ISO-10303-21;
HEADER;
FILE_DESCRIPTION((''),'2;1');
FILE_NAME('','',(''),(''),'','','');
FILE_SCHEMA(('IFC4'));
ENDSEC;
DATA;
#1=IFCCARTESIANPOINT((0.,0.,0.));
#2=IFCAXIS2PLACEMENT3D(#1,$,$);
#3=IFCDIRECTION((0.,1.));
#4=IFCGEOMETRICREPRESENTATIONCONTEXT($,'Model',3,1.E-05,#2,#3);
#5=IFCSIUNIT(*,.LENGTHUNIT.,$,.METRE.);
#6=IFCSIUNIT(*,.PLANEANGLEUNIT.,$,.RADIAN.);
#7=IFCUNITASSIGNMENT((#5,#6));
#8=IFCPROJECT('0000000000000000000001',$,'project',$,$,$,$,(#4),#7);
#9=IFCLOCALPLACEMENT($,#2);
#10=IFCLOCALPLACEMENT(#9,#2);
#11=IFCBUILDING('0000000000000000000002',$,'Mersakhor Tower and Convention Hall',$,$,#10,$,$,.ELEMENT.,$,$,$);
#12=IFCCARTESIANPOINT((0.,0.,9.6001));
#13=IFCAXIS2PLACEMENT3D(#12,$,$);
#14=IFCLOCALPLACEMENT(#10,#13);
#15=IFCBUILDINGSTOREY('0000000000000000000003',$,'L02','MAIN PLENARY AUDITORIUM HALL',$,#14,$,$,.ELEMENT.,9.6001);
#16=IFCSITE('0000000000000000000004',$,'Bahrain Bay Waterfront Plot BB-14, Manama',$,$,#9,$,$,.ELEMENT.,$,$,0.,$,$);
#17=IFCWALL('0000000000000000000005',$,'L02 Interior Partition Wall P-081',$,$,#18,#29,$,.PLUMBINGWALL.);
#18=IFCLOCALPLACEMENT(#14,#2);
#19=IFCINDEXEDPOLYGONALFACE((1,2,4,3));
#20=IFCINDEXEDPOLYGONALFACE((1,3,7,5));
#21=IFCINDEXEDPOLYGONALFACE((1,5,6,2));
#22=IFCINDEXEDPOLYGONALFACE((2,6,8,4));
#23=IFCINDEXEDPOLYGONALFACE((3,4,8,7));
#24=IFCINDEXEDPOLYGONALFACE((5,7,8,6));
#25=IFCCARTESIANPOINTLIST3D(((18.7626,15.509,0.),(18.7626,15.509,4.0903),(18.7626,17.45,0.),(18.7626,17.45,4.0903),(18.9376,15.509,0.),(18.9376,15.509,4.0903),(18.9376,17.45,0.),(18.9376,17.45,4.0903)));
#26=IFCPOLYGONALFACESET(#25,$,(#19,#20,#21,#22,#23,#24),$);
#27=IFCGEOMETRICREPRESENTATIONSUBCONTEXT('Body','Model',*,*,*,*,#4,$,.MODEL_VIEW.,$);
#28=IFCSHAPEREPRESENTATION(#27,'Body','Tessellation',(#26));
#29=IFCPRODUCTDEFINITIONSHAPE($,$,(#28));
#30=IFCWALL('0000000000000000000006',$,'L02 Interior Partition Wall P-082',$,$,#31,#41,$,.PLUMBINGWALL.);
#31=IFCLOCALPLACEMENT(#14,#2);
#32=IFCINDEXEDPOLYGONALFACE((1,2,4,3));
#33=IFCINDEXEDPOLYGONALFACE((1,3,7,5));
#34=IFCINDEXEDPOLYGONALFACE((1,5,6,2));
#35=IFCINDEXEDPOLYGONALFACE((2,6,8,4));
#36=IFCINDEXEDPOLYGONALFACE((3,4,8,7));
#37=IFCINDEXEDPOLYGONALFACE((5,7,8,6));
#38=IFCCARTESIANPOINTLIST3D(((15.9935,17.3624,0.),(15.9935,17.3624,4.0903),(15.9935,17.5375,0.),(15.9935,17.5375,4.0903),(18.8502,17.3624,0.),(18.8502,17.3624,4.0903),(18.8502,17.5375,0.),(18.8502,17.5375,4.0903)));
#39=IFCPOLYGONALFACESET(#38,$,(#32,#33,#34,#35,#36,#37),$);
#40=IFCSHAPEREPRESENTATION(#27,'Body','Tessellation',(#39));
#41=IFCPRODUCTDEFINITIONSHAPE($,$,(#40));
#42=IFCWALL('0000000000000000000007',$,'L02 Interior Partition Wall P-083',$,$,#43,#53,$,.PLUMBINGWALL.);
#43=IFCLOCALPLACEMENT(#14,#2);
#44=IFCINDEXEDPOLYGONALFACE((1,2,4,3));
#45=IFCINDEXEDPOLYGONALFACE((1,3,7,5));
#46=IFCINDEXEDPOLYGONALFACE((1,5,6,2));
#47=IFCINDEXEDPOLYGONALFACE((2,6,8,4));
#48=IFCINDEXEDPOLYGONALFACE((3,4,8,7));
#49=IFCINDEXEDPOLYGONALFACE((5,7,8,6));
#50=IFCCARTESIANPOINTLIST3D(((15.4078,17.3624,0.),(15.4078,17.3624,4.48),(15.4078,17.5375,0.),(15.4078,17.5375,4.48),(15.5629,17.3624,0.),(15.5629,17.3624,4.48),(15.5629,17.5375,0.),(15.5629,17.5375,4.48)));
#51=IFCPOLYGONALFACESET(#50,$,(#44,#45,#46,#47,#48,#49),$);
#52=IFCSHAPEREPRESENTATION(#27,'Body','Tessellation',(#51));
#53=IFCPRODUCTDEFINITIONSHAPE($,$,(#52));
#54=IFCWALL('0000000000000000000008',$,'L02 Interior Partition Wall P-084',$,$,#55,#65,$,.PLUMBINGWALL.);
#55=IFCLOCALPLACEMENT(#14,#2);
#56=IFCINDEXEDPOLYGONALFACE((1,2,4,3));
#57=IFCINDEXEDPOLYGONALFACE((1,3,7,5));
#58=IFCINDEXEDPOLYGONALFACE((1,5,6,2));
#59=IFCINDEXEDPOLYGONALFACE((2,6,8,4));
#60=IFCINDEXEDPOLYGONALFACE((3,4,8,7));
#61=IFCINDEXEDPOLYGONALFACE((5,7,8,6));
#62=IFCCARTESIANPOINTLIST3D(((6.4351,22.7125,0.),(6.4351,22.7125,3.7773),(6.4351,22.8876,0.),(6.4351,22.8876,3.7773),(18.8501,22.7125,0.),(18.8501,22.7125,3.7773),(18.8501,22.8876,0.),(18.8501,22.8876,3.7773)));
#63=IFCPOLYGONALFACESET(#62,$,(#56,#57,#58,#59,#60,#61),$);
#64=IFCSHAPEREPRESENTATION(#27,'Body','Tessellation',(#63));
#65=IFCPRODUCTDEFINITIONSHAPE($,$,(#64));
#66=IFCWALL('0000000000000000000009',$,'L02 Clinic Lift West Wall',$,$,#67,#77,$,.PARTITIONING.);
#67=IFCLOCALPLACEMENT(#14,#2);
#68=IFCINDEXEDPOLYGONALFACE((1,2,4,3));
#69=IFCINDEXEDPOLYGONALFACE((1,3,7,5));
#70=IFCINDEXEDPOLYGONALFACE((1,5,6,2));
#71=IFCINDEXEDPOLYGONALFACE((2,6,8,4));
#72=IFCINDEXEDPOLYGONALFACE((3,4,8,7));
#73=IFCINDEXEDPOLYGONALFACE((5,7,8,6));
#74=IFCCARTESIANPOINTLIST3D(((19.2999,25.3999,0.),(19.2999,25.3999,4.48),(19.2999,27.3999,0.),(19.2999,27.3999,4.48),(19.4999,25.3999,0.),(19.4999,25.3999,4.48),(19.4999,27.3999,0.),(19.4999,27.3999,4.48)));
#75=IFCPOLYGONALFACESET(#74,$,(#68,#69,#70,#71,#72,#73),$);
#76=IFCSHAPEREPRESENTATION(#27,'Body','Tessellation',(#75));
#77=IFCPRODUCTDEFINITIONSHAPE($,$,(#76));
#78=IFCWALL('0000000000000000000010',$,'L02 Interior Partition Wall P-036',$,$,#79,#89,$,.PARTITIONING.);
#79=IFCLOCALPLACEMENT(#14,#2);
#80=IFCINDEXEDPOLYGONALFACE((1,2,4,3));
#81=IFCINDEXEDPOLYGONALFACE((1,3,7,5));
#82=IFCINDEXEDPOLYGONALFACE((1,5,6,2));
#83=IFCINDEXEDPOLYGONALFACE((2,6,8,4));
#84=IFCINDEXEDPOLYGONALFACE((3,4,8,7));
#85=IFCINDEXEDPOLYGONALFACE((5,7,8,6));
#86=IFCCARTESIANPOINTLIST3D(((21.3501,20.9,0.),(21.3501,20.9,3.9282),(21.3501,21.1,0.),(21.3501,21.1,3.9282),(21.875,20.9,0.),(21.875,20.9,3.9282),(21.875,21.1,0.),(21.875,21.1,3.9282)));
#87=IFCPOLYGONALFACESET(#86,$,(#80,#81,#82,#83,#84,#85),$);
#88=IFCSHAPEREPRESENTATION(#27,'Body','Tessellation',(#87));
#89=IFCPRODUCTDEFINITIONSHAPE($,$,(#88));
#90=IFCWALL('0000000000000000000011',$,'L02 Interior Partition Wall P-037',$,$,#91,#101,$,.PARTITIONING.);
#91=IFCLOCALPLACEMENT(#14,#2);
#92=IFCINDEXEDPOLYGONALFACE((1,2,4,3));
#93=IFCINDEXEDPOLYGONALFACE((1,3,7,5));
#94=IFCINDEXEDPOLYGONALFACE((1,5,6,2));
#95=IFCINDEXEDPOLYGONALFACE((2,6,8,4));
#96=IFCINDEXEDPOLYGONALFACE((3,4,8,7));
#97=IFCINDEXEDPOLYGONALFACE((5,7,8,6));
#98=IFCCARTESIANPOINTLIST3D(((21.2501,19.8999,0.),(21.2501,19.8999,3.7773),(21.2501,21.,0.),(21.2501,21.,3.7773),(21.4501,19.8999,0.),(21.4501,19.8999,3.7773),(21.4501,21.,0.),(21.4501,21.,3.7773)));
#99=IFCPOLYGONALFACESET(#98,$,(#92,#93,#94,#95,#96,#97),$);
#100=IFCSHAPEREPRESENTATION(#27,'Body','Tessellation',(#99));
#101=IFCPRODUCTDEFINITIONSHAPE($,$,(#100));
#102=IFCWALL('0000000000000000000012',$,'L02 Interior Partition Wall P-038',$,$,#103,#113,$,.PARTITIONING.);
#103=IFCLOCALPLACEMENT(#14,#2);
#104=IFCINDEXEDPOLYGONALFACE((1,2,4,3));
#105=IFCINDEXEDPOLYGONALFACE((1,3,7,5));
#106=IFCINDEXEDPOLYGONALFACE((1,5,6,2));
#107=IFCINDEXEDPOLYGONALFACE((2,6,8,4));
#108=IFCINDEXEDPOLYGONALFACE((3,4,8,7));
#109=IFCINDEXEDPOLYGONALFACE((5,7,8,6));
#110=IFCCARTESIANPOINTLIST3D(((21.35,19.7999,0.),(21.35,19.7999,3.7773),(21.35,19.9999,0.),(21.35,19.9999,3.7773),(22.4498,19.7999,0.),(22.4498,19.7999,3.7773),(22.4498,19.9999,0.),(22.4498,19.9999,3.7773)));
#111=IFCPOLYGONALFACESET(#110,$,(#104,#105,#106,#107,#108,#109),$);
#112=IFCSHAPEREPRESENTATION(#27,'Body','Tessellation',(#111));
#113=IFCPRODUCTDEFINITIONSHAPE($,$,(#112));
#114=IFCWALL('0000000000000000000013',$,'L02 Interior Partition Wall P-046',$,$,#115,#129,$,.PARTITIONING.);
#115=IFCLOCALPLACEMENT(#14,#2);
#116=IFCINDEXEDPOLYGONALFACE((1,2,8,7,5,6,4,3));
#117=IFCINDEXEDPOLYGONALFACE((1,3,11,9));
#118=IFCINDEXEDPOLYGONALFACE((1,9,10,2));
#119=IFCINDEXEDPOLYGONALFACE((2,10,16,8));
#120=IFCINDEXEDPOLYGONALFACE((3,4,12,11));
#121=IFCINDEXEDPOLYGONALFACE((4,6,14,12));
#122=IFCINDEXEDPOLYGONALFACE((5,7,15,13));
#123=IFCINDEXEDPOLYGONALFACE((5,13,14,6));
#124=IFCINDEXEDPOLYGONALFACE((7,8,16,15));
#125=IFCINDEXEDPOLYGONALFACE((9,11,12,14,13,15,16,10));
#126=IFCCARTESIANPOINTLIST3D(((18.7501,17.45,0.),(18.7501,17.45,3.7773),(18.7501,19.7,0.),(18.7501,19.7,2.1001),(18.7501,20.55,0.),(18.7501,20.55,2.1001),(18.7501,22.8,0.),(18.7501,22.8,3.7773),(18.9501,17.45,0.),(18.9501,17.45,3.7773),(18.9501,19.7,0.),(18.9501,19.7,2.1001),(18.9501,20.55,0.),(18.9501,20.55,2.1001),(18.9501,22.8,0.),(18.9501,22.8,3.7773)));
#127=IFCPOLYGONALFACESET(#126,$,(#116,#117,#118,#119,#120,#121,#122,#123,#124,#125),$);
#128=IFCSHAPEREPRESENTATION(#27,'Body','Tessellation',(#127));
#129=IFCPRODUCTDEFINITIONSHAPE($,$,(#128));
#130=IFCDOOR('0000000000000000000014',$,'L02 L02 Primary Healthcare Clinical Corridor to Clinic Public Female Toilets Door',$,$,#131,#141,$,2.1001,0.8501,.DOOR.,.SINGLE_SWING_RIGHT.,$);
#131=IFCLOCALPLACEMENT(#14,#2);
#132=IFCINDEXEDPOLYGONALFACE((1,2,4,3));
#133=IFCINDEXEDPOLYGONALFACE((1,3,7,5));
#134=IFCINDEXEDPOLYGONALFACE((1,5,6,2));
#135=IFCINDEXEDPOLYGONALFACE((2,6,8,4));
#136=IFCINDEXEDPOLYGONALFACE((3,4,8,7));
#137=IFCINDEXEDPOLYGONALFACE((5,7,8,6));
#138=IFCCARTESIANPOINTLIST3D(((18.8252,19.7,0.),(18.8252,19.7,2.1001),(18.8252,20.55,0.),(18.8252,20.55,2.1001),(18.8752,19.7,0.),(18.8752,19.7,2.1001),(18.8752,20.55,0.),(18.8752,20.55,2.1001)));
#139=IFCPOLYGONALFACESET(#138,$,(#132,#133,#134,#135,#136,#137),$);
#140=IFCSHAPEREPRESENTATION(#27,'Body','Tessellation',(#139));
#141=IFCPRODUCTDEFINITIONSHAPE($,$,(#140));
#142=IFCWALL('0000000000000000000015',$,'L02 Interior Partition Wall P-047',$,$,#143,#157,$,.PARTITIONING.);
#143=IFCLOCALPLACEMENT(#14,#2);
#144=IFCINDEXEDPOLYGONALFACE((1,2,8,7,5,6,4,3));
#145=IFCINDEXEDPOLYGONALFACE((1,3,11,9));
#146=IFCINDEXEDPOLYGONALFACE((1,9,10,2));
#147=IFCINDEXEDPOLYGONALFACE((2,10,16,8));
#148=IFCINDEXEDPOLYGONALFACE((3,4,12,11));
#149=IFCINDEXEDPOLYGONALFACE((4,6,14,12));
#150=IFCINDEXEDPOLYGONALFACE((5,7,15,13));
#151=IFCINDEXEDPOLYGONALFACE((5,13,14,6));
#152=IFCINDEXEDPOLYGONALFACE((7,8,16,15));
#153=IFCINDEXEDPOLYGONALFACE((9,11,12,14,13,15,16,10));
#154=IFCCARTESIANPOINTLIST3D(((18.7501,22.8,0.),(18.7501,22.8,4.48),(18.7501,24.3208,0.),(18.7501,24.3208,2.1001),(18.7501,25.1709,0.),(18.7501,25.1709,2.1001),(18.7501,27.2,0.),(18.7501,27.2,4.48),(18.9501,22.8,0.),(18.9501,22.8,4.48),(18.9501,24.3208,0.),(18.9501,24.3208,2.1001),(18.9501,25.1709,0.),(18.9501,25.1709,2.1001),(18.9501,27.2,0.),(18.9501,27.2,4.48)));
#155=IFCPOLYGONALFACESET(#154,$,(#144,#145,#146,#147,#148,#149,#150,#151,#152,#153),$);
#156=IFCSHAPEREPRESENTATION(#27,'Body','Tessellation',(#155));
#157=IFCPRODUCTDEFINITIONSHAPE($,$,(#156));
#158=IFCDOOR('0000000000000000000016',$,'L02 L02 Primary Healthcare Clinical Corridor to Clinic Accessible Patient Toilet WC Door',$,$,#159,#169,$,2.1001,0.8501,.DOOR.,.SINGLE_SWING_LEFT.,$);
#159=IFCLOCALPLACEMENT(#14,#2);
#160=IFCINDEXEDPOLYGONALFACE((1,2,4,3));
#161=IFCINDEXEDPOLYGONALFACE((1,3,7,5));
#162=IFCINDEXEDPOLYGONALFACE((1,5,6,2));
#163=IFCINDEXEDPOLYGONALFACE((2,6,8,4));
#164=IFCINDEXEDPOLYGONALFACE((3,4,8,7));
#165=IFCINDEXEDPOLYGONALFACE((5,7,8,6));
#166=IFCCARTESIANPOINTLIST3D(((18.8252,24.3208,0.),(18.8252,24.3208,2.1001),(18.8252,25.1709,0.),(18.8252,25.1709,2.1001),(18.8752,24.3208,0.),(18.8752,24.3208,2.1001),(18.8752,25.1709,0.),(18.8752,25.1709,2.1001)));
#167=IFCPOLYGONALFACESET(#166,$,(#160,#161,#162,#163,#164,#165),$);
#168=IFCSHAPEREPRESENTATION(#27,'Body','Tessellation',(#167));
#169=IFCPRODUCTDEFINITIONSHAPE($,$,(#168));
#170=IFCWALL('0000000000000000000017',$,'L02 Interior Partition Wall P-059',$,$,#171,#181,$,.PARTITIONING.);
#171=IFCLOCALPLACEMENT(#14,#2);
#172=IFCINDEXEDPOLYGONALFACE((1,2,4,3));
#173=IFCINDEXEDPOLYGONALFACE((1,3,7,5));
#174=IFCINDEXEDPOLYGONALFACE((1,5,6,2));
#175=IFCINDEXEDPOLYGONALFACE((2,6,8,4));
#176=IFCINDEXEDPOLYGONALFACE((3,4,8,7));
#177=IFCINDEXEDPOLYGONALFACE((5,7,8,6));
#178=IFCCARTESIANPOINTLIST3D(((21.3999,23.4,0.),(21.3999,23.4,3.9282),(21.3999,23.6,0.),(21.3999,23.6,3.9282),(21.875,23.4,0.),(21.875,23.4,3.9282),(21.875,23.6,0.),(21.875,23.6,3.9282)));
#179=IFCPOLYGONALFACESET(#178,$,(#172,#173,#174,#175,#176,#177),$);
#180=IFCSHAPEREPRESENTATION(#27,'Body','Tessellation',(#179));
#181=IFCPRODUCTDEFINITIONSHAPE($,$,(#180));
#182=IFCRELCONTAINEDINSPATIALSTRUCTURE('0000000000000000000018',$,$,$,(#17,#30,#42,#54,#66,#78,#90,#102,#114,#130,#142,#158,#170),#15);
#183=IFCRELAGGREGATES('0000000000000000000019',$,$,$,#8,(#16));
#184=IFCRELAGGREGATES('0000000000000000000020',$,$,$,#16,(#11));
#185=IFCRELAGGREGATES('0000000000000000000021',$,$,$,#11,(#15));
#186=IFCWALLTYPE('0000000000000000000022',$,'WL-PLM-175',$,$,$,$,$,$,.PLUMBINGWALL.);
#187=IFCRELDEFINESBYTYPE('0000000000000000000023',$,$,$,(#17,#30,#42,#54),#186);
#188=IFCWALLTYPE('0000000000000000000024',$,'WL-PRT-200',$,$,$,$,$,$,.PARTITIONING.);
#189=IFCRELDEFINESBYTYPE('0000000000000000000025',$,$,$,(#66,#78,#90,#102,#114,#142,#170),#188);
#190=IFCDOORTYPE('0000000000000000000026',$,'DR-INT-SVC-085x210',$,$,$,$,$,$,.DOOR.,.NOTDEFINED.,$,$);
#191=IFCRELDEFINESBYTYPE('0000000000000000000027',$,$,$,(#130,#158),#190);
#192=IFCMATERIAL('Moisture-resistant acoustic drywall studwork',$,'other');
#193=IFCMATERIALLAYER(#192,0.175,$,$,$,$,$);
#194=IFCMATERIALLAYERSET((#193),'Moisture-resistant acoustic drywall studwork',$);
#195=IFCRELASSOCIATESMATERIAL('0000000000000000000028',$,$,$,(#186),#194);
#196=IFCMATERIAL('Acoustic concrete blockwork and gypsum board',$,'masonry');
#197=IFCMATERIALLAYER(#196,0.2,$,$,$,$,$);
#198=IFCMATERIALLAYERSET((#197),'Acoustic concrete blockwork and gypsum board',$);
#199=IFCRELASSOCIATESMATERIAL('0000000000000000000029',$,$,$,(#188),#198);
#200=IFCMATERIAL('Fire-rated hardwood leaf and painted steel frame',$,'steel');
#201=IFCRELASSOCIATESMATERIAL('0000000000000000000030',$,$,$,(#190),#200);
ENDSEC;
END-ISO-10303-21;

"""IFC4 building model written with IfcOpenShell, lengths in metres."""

from ifc_helpers import new_model, si_unit, direction, frame, frame_2d, origin, place, context, subcontext, project, spatial, rectangle, extrude, material, layer, layer_set, type_object, element, fill, save


model = new_model("IFC4")

# Units and contexts
model_context = context("Model", 3, precision=1e-05, world=origin(), true_north=direction((0.0, 1.0)))
body_context = subcontext(model_context, "Body", "Model", "MODEL_VIEW")
ifc_project = project(units=[si_unit("LENGTHUNIT", "METRE"), si_unit("PLANEANGLEUNIT", "RADIAN")], contexts=[model_context])

# Site, building, storey
site_placement = place(None, origin())
site = spatial("IfcSite", under=ifc_project, at=site_placement, Name="Bahrain Bay Waterfront Plot BB-14, Manama", CompositionType="ELEMENT", RefElevation=0.0)
building_placement = place(site_placement, origin())
building = spatial("IfcBuilding", under=site, at=building_placement, Name="Mersakhor Tower and Convention Hall", CompositionType="ELEMENT")
storey_placement = place(building_placement, frame((0.0, 0.0, 9.6001)))
storey = spatial("IfcBuildingStorey", under=building, at=storey_placement, Name="L02", Description="MAIN PLENARY AUDITORIUM HALL", CompositionType="ELEMENT", Elevation=9.6001)

# Walls
ifc_material_1 = material(Name="Moisture-resistant acoustic drywall studwork", Category="other")
ifc_layer_1 = layer(ifc_material_1, 0.175)
ifc_layer_set_1 = layer_set([ifc_layer_1], Name="Moisture-resistant acoustic drywall studwork")
wall_type_1 = type_object("IfcWallType", Name="WL-PLM-175", PredefinedType="PLUMBINGWALL", material=ifc_layer_set_1)
wall_1_placement = place(storey_placement, frame((18.8501, 15.509, 0.0), z_axis=(0.0, 0.0, 1.0), x_axis=(0.0, 1.0, 0.0)))
element("IfcWall", 1, at=wall_1_placement, inside=storey, type_object=wall_type_1, Name="L02 Interior Partition Wall P-081", PredefinedType="PLUMBINGWALL", context=body_context, shape_type="SweptSolid", body=[
    extrude(rectangle(XDim=1.9409, YDim=0.175, at=frame_2d((0.9705, 0.0))), origin(), (0.0, 0.0, 1.0), 4.0903),
])
wall_2_placement = place(storey_placement, frame((18.8501, 17.45, 0.0), z_axis=(0.0, 0.0, 1.0), x_axis=(-1.0, 0.0, 0.0)))
element("IfcWall", 2, at=wall_2_placement, inside=storey, type_object=wall_type_1, Name="L02 Interior Partition Wall P-082", PredefinedType="PLUMBINGWALL", context=body_context, shape_type="SweptSolid", body=[
    extrude(rectangle(XDim=2.8567, YDim=0.175, at=frame_2d((1.4282, 0.0))), origin(), (0.0, 0.0, 1.0), 4.0903),
])
wall_3_placement = place(storey_placement, frame((15.563, 17.45, 0.0), z_axis=(0.0, 0.0, 1.0), x_axis=(-1.0, 0.0, 0.0)))
element("IfcWall", 3, at=wall_3_placement, inside=storey, type_object=wall_type_1, Name="L02 Interior Partition Wall P-083", PredefinedType="PLUMBINGWALL", context=body_context, shape_type="SweptSolid", body=[
    extrude(rectangle(XDim=0.155, YDim=0.175, at=frame_2d((0.0776, 0.0))), origin(), (0.0, 0.0, 1.0), 4.48),
])
wall_4_placement = place(storey_placement, frame((6.4351, 22.8, 0.0), z_axis=(0.0, 0.0, 1.0), x_axis=(1.0, 0.0, 0.0)))
element("IfcWall", 4, at=wall_4_placement, inside=storey, type_object=wall_type_1, Name="L02 Interior Partition Wall P-084", PredefinedType="PLUMBINGWALL", context=body_context, shape_type="SweptSolid", body=[
    extrude(rectangle(XDim=12.415, YDim=0.175, at=frame_2d((6.2075, 0.0))), origin(), (0.0, 0.0, 1.0), 3.7773),
])
ifc_material_2 = material(Name="Acoustic concrete blockwork and gypsum board", Category="masonry")
ifc_layer_2 = layer(ifc_material_2, 0.2)
ifc_layer_set_2 = layer_set([ifc_layer_2], Name="Acoustic concrete blockwork and gypsum board")
wall_type_2 = type_object("IfcWallType", Name="WL-PRT-200", PredefinedType="PARTITIONING", material=ifc_layer_set_2)
wall_5_placement = place(storey_placement, frame((19.3999, 25.3999, 0.0), z_axis=(0.0, 0.0, 1.0), x_axis=(0.0, 1.0, 0.0)))
element("IfcWall", 5, at=wall_5_placement, inside=storey, type_object=wall_type_2, Name="L02 Clinic Lift West Wall", PredefinedType="PARTITIONING", context=body_context, shape_type="SweptSolid", body=[
    extrude(rectangle(XDim=2.0, YDim=0.2, at=frame_2d((1.0, 0.0))), origin(), (0.0, 0.0, 1.0), 4.48),
])
wall_6_placement = place(storey_placement, frame((21.875, 21.0, 0.0), z_axis=(0.0, 0.0, 1.0), x_axis=(-1.0, 0.0, 0.0)))
element("IfcWall", 6, at=wall_6_placement, inside=storey, type_object=wall_type_2, Name="L02 Interior Partition Wall P-036", PredefinedType="PARTITIONING", context=body_context, shape_type="SweptSolid", body=[
    extrude(rectangle(XDim=0.5249, YDim=0.2, at=frame_2d((0.2625, 0.0))), origin(), (0.0, 0.0, 1.0), 3.9282),
])
wall_7_placement = place(storey_placement, frame((21.3501, 21.0, 0.0), z_axis=(0.0, 0.0, 1.0), x_axis=(0.0, -1.0, 0.0)))
element("IfcWall", 7, at=wall_7_placement, inside=storey, type_object=wall_type_2, Name="L02 Interior Partition Wall P-037", PredefinedType="PARTITIONING", context=body_context, shape_type="SweptSolid", body=[
    extrude(rectangle(XDim=1.1001, YDim=0.2, at=frame_2d((0.55, 0.0))), origin(), (0.0, 0.0, 1.0), 3.7773),
])
wall_8_placement = place(storey_placement, frame((21.3501, 19.8999, 0.0), z_axis=(0.0, 0.0, 1.0), x_axis=(1.0, 0.0, 0.0)))
element("IfcWall", 8, at=wall_8_placement, inside=storey, type_object=wall_type_2, Name="L02 Interior Partition Wall P-038", PredefinedType="PARTITIONING", context=body_context, shape_type="SweptSolid", body=[
    extrude(rectangle(XDim=1.0999, YDim=0.2, at=frame_2d((0.5498, 0.0))), origin(), (0.0, 0.0, 1.0), 3.7773),
])

# Walls, openings, doors
wall_9_placement = place(storey_placement, frame((18.8501, 17.45, 0.0), z_axis=(0.0, 0.0, 1.0), x_axis=(0.0, 1.0, 0.0)))
wall_9 = element("IfcWall", 9, at=wall_9_placement, inside=storey, type_object=wall_type_2, Name="L02 Interior Partition Wall P-046", PredefinedType="PARTITIONING", context=body_context, shape_type="SweptSolid", body=[
    extrude(rectangle(XDim=5.3501, YDim=0.2, at=frame_2d((2.675, 0.0))), origin(), (0.0, 0.0, 1.0), 3.7773),
])
opening_1_placement = place(wall_9_placement, frame((2.25, 0.0, 0.0)))
opening_1 = element("IfcOpeningElement", 10, at=opening_1_placement, cuts=wall_9, PredefinedType="OPENING", context=body_context, shape_type="SweptSolid", body=[
    extrude(rectangle(XDim=0.8501, YDim=2.1001, at=frame_2d((0.425, 1.05))), frame((0.0, 0.1099, 0.0), z_axis=(0.0, -1.0, 0.0), x_axis=(1.0, 0.0, 0.0)), (0.0, 0.0, 1.0), 0.22),
])
ifc_material_3 = material(Name="Fire-rated hardwood leaf and painted steel frame", Category="steel")
door_type = type_object("IfcDoorType", Name="DR-INT-SVC-085x210", OperationType="NOTDEFINED", PredefinedType="DOOR", material=ifc_material_3)
door_1_placement = place(opening_1_placement, origin())
door_1 = element("IfcDoor", 11, at=door_1_placement, inside=storey, type_object=door_type, Name="L02 L02 Primary Healthcare Clinical Corridor to Clinic Public Female Toilets Door", OperationType="SINGLE_SWING_RIGHT", OverallHeight=2.1001, OverallWidth=0.8501, PredefinedType="DOOR", context=body_context, shape_type="SweptSolid", body=[
    extrude(rectangle(XDim=0.8501, YDim=2.1001, at=frame_2d((0.425, 1.05))), frame((0.0, 0.0249, 0.0), z_axis=(0.0, -1.0, 0.0), x_axis=(1.0, 0.0, 0.0)), (0.0, 0.0, 1.0), 0.05),
])
fill(opening_1, door_1)
wall_10_placement = place(storey_placement, frame((18.8501, 22.8, 0.0), z_axis=(0.0, 0.0, 1.0), x_axis=(0.0, 1.0, 0.0)))
wall_10 = element("IfcWall", 12, at=wall_10_placement, inside=storey, type_object=wall_type_2, Name="L02 Interior Partition Wall P-047", PredefinedType="PARTITIONING", context=body_context, shape_type="SweptSolid", body=[
    extrude(rectangle(XDim=4.3999, YDim=0.2, at=frame_2d((2.2, 0.0))), origin(), (0.0, 0.0, 1.0), 4.48),
])
opening_2_placement = place(wall_10_placement, frame((1.5208, 0.0, 0.0)))
opening_2 = element("IfcOpeningElement", 13, at=opening_2_placement, cuts=wall_10, PredefinedType="OPENING", context=body_context, shape_type="SweptSolid", body=[
    extrude(rectangle(XDim=0.8501, YDim=2.1001, at=frame_2d((0.425, 1.05))), frame((0.0, 0.1099, 0.0), z_axis=(0.0, -1.0, 0.0), x_axis=(1.0, 0.0, 0.0)), (0.0, 0.0, 1.0), 0.22),
])
door_2_placement = place(opening_2_placement, origin())
door_2 = element("IfcDoor", 14, at=door_2_placement, inside=storey, type_object=door_type, Name="L02 L02 Primary Healthcare Clinical Corridor to Clinic Accessible Patient Toilet WC Door", OperationType="SINGLE_SWING_LEFT", OverallHeight=2.1001, OverallWidth=0.8501, PredefinedType="DOOR", context=body_context, shape_type="SweptSolid", body=[
    extrude(rectangle(XDim=0.8501, YDim=2.1001, at=frame_2d((0.425, 1.05))), frame((0.0, 0.0249, 0.0), z_axis=(0.0, -1.0, 0.0), x_axis=(1.0, 0.0, 0.0)), (0.0, 0.0, 1.0), 0.05),
])
fill(opening_2, door_2)

# Wall
wall_11_placement = place(storey_placement, frame((21.875, 23.5, 0.0), z_axis=(0.0, 0.0, 1.0), x_axis=(-1.0, 0.0, 0.0)))
element("IfcWall", 15, at=wall_11_placement, inside=storey, type_object=wall_type_2, Name="L02 Interior Partition Wall P-059", PredefinedType="PARTITIONING", context=body_context, shape_type="SweptSolid", body=[
    extrude(rectangle(XDim=0.4751, YDim=0.2, at=frame_2d((0.2375, 0.0))), origin(), (0.0, 0.0, 1.0), 3.9282),
])

save(model, "model.ifc")
